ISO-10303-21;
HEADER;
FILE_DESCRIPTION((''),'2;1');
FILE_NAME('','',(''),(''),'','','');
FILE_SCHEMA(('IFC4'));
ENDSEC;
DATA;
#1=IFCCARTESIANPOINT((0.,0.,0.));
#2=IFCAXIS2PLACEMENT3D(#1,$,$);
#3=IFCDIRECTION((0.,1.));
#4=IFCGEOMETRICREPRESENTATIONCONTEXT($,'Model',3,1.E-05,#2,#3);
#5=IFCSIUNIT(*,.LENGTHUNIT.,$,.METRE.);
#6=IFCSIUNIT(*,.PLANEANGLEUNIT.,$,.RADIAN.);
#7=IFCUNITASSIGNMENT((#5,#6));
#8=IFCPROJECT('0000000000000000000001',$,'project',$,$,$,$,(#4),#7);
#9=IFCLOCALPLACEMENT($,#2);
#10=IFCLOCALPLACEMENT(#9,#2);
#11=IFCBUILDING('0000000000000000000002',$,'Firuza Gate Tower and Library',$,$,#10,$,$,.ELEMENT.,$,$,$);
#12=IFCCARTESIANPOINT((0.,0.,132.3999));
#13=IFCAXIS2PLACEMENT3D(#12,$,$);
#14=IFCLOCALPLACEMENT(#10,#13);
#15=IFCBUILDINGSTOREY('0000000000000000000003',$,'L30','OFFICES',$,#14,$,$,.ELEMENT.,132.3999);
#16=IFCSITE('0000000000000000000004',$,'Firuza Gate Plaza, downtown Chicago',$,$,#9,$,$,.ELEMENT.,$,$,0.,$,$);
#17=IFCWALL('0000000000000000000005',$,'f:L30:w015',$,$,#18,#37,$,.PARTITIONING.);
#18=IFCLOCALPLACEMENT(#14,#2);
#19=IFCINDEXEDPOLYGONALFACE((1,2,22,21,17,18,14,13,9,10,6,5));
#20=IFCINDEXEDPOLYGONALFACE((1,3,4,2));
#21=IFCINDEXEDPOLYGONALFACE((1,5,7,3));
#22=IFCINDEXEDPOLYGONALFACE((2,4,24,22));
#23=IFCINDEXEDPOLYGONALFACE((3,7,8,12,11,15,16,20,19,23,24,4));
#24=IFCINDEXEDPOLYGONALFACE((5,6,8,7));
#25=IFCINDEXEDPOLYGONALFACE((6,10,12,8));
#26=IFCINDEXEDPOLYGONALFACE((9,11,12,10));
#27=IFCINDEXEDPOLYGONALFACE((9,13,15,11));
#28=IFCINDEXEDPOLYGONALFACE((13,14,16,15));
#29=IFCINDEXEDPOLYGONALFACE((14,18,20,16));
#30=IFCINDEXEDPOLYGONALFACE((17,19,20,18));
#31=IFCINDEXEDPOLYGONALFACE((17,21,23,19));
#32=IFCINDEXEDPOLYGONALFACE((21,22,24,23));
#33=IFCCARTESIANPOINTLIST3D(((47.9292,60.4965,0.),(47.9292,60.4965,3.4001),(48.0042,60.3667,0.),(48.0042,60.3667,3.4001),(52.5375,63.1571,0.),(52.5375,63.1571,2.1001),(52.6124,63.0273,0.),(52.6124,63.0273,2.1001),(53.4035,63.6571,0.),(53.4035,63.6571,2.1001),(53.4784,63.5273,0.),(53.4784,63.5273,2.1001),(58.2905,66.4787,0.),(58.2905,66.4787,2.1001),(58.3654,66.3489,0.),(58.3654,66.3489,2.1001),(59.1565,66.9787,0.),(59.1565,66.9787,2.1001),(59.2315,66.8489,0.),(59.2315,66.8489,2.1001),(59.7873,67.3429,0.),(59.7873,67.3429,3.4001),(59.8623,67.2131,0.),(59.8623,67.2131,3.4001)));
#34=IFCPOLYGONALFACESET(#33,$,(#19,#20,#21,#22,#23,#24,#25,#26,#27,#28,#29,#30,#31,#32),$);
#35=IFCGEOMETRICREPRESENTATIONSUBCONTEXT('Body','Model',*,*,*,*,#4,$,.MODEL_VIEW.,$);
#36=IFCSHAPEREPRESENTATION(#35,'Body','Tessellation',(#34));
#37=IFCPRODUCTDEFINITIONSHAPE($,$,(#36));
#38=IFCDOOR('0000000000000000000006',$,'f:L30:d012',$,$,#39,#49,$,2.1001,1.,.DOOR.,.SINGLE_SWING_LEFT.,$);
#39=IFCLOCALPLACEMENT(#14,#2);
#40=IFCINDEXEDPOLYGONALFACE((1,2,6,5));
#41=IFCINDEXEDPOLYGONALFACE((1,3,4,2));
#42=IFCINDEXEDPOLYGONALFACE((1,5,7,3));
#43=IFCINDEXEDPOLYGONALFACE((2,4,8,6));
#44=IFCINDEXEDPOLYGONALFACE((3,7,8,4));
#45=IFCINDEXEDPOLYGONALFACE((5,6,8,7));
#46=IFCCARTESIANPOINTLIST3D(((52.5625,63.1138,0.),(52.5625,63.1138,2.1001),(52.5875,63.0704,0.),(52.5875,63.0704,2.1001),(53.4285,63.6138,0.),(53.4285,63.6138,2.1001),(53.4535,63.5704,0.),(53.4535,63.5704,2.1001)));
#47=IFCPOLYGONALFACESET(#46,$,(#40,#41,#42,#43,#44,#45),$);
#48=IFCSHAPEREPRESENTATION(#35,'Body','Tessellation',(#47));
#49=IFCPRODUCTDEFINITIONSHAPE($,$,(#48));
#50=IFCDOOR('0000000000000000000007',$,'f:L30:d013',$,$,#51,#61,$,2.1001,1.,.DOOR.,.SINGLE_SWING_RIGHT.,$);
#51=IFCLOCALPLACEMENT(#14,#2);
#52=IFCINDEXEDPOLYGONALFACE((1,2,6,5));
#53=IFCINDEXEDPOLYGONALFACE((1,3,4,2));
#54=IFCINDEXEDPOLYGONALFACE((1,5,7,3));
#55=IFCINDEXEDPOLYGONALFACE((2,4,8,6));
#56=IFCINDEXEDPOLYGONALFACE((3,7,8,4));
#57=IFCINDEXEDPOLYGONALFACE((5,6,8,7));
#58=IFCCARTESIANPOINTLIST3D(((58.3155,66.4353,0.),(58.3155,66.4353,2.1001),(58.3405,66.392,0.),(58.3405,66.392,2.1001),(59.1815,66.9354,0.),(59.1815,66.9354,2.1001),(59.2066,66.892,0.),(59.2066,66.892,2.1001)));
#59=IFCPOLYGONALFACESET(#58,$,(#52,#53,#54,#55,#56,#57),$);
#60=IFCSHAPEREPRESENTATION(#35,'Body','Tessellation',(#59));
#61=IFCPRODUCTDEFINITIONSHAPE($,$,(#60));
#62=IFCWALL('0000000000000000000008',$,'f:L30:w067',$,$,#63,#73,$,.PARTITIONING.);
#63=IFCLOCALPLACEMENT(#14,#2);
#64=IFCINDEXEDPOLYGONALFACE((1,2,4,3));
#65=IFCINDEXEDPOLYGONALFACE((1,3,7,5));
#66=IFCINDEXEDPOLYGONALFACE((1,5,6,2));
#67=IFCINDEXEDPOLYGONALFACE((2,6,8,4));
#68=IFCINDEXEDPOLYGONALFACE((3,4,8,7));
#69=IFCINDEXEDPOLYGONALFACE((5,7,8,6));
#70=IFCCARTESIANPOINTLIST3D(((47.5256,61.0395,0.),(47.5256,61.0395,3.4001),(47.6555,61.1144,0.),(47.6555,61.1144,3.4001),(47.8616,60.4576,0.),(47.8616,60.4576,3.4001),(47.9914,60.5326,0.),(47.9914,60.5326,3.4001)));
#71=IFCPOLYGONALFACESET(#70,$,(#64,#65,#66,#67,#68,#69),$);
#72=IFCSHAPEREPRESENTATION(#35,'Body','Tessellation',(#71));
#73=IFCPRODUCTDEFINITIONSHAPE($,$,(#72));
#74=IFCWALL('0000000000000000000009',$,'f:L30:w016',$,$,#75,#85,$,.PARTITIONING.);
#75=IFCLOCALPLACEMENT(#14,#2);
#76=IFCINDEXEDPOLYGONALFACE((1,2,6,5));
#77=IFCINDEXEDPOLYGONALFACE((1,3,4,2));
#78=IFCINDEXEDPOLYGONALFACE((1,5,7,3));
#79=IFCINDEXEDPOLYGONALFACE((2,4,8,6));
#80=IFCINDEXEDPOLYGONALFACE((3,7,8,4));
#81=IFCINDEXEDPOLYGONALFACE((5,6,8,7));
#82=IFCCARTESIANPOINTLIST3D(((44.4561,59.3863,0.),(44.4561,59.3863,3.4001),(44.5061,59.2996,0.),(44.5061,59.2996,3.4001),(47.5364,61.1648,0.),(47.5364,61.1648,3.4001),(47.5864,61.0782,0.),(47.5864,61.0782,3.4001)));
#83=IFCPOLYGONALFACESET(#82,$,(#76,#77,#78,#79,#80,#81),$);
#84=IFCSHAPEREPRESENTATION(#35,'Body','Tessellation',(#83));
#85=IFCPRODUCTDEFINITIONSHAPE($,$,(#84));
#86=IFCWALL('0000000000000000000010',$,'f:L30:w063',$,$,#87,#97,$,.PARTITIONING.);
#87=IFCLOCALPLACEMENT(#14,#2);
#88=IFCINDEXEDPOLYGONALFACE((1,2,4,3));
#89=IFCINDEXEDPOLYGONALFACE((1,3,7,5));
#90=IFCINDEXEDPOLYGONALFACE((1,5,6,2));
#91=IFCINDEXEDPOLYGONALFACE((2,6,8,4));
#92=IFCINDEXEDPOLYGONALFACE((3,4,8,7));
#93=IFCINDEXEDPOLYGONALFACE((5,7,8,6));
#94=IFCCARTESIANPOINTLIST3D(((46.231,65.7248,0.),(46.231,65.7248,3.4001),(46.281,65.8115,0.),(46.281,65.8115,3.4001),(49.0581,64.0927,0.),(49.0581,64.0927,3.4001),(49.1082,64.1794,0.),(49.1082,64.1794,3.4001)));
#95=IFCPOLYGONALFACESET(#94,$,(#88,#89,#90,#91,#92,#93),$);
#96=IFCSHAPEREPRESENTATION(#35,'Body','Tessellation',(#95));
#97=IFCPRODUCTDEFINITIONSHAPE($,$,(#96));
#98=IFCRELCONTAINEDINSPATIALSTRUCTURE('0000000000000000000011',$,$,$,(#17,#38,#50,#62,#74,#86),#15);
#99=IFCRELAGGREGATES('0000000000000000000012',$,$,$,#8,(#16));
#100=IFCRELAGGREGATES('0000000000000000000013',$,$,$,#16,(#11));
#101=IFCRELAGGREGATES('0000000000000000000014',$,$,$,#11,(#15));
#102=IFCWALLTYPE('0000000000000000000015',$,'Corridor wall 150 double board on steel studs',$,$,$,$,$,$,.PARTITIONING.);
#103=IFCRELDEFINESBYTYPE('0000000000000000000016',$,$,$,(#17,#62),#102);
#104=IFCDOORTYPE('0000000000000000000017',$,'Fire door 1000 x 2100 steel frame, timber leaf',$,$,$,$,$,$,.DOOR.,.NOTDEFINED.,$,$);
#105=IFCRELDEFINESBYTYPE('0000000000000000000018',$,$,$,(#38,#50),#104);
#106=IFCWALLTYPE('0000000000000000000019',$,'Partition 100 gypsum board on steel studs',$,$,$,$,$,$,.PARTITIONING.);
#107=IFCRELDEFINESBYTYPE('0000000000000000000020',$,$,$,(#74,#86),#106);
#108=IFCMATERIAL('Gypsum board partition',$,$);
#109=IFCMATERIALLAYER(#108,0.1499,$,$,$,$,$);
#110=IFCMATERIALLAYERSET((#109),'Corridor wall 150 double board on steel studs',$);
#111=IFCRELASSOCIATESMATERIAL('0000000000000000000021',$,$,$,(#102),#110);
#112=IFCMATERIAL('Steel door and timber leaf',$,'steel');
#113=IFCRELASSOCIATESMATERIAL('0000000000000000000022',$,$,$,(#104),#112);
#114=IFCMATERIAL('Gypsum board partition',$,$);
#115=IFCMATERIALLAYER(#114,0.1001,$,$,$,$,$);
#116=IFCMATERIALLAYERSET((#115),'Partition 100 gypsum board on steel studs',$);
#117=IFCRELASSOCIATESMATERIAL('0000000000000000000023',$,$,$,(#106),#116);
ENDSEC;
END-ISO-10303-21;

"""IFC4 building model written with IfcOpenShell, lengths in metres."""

from ifc_helpers import new_model, si_unit, direction, frame, frame_2d, origin, place, context, subcontext, project, spatial, rectangle, extrude, material, layer, layer_set, type_object, element, fill, save


model = new_model("IFC4")

# Units and contexts
model_context = context("Model", 3, precision=1e-05, world=origin(), true_north=direction((0.0, 1.0)))
body_context = subcontext(model_context, "Body", "Model", "MODEL_VIEW")
ifc_project = project(units=[si_unit("LENGTHUNIT", "METRE"), si_unit("PLANEANGLEUNIT", "RADIAN")], contexts=[model_context])

# Site, building, storey
site_placement = place(None, origin())
site = spatial("IfcSite", under=ifc_project, at=site_placement, Name="Firuza Gate Plaza, downtown Chicago", CompositionType="ELEMENT", RefElevation=0.0)
building_placement = place(site_placement, origin())
building = spatial("IfcBuilding", under=site, at=building_placement, Name="Firuza Gate Tower and Library", CompositionType="ELEMENT")
storey_placement = place(building_placement, frame((0.0, 0.0, 132.3999)))
storey = spatial("IfcBuildingStorey", under=building, at=storey_placement, Name="L30", Description="OFFICES", CompositionType="ELEMENT", Elevation=132.3999)

# Wall, openings, doors
ifc_material_1 = material(Name="Gypsum board partition")
ifc_layer_1 = layer(ifc_material_1, 0.1499)
ifc_layer_set_1 = layer_set([ifc_layer_1], Name="Corridor wall 150 double board on steel studs")
wall_type_1 = type_object("IfcWallType", Name="Corridor wall 150 double board on steel studs", PredefinedType="PARTITIONING", material=ifc_layer_set_1)
wall_1_placement = place(storey_placement, frame((47.9668, 60.4316, 0.0), z_axis=(0.0, 0.0, 1.0), x_axis=(0.866021, 0.500007, 0.0)))
wall_1 = element("IfcWall", 1, at=wall_1_placement, inside=storey, type_object=wall_type_1, Name="f:L30:w015", PredefinedType="PARTITIONING", context=body_context, shape_type="SweptSolid", body=[
    extrude(rectangle(XDim=13.6926, YDim=0.1499, at=frame_2d((6.8462, 0.0))), origin(), (0.0, 0.0, 1.0), 3.4001),
])
opening_1_placement = place(wall_1_placement, frame((5.321, 0.0, 0.0)))
opening_1 = element("IfcOpeningElement", 2, at=opening_1_placement, cuts=wall_1, PredefinedType="OPENING", context=body_context, shape_type="SweptSolid", body=[
    extrude(rectangle(XDim=1.0, YDim=2.1001, at=frame_2d((0.5, 1.05))), frame((0.0, 0.085, 0.0), z_axis=(0.0, -1.0, 0.0), x_axis=(1.0, 0.0, 0.0)), (0.0, 0.0, 1.0), 0.1699),
])
opening_2_placement = place(wall_1_placement, frame((11.9641, 0.0, 0.0)))
opening_2 = element("IfcOpeningElement", 3, at=opening_2_placement, cuts=wall_1, PredefinedType="OPENING", context=body_context, shape_type="SweptSolid", body=[
    extrude(rectangle(XDim=1.0, YDim=2.1001, at=frame_2d((0.5, 1.05))), frame((0.0, 0.085, 0.0), z_axis=(0.0, -1.0, 0.0), x_axis=(1.0, 0.0, 0.0)), (0.0, 0.0, 1.0), 0.1699),
])
ifc_material_2 = material(Name="Steel door and timber leaf", Category="steel")
door_type = type_object("IfcDoorType", Name="Fire door 1000 x 2100 steel frame, timber leaf", OperationType="NOTDEFINED", PredefinedType="DOOR", material=ifc_material_2)
door_1_placement = place(opening_1_placement, origin())
door_1 = element("IfcDoor", 4, at=door_1_placement, inside=storey, type_object=door_type, Name="f:L30:d012", OperationType="SINGLE_SWING_LEFT", OverallHeight=2.1001, OverallWidth=1.0, PredefinedType="DOOR", context=body_context, shape_type="SweptSolid", body=[
    extrude(rectangle(XDim=1.0, YDim=2.1001, at=frame_2d((0.5, 1.05))), frame((0.0, 0.0249, 0.0), z_axis=(0.0, -1.0, 0.0), x_axis=(1.0, 0.0, 0.0)), (0.0, 0.0, 1.0), 0.05),
])
fill(opening_1, door_1)
door_2_placement = place(opening_2_placement, origin())
door_2 = element("IfcDoor", 5, at=door_2_placement, inside=storey, type_object=door_type, Name="f:L30:d013", OperationType="SINGLE_SWING_RIGHT", OverallHeight=2.1001, OverallWidth=1.0, PredefinedType="DOOR", context=body_context, shape_type="SweptSolid", body=[
    extrude(rectangle(XDim=1.0, YDim=2.1001, at=frame_2d((0.5, 1.05))), frame((0.0, 0.0249, 0.0), z_axis=(0.0, -1.0, 0.0), x_axis=(1.0, 0.0, 0.0)), (0.0, 0.0, 1.0), 0.05),
])
fill(opening_2, door_2)

# Walls
wall_2_placement = place(storey_placement, frame((47.9265, 60.4951, 0.0), z_axis=(0.0, 0.0, 1.0), x_axis=(-0.500048, 0.865998, 0.0)))
element("IfcWall", 6, at=wall_2_placement, inside=storey, type_object=wall_type_1, Name="f:L30:w067", PredefinedType="PARTITIONING", context=body_context, shape_type="SweptSolid", body=[
    extrude(rectangle(XDim=0.6719, YDim=0.1499, at=frame_2d((0.3359, 0.0))), origin(), (0.0, 0.0, 1.0), 3.4001),
])
ifc_material_3 = material(Name="Gypsum board partition")
ifc_layer_2 = layer(ifc_material_3, 0.1001)
ifc_layer_set_2 = layer_set([ifc_layer_2], Name="Partition 100 gypsum board on steel studs")
wall_type_2 = type_object("IfcWallType", Name="Partition 100 gypsum board on steel studs", PredefinedType="PARTITIONING", material=ifc_layer_set_2)
wall_3_placement = place(storey_placement, frame((44.4812, 59.343, 0.0), z_axis=(0.0, 0.0, 1.0), x_axis=(0.866008, 0.500029, 0.0)))
element("IfcWall", 7, at=wall_3_placement, inside=storey, type_object=wall_type_2, Name="f:L30:w016", PredefinedType="PARTITIONING", context=body_context, shape_type="SweptSolid", body=[
    extrude(rectangle(XDim=3.5569, YDim=0.1001, at=frame_2d((1.7783, 0.0))), origin(), (0.0, 0.0, 1.0), 3.4001),
])
wall_4_placement = place(storey_placement, frame((49.0833, 64.136, 0.0), z_axis=(0.0, 0.0, 1.0), x_axis=(-0.866049, 0.49996, 0.0)))
element("IfcWall", 8, at=wall_4_placement, inside=storey, type_object=wall_type_2, Name="f:L30:w063", PredefinedType="PARTITIONING", context=body_context, shape_type="SweptSolid", body=[
    extrude(rectangle(XDim=3.2644, YDim=0.1001, at=frame_2d((1.6323, 0.0))), origin(), (0.0, 0.0, 1.0), 3.4001),
])

save(model, "model.ifc")
